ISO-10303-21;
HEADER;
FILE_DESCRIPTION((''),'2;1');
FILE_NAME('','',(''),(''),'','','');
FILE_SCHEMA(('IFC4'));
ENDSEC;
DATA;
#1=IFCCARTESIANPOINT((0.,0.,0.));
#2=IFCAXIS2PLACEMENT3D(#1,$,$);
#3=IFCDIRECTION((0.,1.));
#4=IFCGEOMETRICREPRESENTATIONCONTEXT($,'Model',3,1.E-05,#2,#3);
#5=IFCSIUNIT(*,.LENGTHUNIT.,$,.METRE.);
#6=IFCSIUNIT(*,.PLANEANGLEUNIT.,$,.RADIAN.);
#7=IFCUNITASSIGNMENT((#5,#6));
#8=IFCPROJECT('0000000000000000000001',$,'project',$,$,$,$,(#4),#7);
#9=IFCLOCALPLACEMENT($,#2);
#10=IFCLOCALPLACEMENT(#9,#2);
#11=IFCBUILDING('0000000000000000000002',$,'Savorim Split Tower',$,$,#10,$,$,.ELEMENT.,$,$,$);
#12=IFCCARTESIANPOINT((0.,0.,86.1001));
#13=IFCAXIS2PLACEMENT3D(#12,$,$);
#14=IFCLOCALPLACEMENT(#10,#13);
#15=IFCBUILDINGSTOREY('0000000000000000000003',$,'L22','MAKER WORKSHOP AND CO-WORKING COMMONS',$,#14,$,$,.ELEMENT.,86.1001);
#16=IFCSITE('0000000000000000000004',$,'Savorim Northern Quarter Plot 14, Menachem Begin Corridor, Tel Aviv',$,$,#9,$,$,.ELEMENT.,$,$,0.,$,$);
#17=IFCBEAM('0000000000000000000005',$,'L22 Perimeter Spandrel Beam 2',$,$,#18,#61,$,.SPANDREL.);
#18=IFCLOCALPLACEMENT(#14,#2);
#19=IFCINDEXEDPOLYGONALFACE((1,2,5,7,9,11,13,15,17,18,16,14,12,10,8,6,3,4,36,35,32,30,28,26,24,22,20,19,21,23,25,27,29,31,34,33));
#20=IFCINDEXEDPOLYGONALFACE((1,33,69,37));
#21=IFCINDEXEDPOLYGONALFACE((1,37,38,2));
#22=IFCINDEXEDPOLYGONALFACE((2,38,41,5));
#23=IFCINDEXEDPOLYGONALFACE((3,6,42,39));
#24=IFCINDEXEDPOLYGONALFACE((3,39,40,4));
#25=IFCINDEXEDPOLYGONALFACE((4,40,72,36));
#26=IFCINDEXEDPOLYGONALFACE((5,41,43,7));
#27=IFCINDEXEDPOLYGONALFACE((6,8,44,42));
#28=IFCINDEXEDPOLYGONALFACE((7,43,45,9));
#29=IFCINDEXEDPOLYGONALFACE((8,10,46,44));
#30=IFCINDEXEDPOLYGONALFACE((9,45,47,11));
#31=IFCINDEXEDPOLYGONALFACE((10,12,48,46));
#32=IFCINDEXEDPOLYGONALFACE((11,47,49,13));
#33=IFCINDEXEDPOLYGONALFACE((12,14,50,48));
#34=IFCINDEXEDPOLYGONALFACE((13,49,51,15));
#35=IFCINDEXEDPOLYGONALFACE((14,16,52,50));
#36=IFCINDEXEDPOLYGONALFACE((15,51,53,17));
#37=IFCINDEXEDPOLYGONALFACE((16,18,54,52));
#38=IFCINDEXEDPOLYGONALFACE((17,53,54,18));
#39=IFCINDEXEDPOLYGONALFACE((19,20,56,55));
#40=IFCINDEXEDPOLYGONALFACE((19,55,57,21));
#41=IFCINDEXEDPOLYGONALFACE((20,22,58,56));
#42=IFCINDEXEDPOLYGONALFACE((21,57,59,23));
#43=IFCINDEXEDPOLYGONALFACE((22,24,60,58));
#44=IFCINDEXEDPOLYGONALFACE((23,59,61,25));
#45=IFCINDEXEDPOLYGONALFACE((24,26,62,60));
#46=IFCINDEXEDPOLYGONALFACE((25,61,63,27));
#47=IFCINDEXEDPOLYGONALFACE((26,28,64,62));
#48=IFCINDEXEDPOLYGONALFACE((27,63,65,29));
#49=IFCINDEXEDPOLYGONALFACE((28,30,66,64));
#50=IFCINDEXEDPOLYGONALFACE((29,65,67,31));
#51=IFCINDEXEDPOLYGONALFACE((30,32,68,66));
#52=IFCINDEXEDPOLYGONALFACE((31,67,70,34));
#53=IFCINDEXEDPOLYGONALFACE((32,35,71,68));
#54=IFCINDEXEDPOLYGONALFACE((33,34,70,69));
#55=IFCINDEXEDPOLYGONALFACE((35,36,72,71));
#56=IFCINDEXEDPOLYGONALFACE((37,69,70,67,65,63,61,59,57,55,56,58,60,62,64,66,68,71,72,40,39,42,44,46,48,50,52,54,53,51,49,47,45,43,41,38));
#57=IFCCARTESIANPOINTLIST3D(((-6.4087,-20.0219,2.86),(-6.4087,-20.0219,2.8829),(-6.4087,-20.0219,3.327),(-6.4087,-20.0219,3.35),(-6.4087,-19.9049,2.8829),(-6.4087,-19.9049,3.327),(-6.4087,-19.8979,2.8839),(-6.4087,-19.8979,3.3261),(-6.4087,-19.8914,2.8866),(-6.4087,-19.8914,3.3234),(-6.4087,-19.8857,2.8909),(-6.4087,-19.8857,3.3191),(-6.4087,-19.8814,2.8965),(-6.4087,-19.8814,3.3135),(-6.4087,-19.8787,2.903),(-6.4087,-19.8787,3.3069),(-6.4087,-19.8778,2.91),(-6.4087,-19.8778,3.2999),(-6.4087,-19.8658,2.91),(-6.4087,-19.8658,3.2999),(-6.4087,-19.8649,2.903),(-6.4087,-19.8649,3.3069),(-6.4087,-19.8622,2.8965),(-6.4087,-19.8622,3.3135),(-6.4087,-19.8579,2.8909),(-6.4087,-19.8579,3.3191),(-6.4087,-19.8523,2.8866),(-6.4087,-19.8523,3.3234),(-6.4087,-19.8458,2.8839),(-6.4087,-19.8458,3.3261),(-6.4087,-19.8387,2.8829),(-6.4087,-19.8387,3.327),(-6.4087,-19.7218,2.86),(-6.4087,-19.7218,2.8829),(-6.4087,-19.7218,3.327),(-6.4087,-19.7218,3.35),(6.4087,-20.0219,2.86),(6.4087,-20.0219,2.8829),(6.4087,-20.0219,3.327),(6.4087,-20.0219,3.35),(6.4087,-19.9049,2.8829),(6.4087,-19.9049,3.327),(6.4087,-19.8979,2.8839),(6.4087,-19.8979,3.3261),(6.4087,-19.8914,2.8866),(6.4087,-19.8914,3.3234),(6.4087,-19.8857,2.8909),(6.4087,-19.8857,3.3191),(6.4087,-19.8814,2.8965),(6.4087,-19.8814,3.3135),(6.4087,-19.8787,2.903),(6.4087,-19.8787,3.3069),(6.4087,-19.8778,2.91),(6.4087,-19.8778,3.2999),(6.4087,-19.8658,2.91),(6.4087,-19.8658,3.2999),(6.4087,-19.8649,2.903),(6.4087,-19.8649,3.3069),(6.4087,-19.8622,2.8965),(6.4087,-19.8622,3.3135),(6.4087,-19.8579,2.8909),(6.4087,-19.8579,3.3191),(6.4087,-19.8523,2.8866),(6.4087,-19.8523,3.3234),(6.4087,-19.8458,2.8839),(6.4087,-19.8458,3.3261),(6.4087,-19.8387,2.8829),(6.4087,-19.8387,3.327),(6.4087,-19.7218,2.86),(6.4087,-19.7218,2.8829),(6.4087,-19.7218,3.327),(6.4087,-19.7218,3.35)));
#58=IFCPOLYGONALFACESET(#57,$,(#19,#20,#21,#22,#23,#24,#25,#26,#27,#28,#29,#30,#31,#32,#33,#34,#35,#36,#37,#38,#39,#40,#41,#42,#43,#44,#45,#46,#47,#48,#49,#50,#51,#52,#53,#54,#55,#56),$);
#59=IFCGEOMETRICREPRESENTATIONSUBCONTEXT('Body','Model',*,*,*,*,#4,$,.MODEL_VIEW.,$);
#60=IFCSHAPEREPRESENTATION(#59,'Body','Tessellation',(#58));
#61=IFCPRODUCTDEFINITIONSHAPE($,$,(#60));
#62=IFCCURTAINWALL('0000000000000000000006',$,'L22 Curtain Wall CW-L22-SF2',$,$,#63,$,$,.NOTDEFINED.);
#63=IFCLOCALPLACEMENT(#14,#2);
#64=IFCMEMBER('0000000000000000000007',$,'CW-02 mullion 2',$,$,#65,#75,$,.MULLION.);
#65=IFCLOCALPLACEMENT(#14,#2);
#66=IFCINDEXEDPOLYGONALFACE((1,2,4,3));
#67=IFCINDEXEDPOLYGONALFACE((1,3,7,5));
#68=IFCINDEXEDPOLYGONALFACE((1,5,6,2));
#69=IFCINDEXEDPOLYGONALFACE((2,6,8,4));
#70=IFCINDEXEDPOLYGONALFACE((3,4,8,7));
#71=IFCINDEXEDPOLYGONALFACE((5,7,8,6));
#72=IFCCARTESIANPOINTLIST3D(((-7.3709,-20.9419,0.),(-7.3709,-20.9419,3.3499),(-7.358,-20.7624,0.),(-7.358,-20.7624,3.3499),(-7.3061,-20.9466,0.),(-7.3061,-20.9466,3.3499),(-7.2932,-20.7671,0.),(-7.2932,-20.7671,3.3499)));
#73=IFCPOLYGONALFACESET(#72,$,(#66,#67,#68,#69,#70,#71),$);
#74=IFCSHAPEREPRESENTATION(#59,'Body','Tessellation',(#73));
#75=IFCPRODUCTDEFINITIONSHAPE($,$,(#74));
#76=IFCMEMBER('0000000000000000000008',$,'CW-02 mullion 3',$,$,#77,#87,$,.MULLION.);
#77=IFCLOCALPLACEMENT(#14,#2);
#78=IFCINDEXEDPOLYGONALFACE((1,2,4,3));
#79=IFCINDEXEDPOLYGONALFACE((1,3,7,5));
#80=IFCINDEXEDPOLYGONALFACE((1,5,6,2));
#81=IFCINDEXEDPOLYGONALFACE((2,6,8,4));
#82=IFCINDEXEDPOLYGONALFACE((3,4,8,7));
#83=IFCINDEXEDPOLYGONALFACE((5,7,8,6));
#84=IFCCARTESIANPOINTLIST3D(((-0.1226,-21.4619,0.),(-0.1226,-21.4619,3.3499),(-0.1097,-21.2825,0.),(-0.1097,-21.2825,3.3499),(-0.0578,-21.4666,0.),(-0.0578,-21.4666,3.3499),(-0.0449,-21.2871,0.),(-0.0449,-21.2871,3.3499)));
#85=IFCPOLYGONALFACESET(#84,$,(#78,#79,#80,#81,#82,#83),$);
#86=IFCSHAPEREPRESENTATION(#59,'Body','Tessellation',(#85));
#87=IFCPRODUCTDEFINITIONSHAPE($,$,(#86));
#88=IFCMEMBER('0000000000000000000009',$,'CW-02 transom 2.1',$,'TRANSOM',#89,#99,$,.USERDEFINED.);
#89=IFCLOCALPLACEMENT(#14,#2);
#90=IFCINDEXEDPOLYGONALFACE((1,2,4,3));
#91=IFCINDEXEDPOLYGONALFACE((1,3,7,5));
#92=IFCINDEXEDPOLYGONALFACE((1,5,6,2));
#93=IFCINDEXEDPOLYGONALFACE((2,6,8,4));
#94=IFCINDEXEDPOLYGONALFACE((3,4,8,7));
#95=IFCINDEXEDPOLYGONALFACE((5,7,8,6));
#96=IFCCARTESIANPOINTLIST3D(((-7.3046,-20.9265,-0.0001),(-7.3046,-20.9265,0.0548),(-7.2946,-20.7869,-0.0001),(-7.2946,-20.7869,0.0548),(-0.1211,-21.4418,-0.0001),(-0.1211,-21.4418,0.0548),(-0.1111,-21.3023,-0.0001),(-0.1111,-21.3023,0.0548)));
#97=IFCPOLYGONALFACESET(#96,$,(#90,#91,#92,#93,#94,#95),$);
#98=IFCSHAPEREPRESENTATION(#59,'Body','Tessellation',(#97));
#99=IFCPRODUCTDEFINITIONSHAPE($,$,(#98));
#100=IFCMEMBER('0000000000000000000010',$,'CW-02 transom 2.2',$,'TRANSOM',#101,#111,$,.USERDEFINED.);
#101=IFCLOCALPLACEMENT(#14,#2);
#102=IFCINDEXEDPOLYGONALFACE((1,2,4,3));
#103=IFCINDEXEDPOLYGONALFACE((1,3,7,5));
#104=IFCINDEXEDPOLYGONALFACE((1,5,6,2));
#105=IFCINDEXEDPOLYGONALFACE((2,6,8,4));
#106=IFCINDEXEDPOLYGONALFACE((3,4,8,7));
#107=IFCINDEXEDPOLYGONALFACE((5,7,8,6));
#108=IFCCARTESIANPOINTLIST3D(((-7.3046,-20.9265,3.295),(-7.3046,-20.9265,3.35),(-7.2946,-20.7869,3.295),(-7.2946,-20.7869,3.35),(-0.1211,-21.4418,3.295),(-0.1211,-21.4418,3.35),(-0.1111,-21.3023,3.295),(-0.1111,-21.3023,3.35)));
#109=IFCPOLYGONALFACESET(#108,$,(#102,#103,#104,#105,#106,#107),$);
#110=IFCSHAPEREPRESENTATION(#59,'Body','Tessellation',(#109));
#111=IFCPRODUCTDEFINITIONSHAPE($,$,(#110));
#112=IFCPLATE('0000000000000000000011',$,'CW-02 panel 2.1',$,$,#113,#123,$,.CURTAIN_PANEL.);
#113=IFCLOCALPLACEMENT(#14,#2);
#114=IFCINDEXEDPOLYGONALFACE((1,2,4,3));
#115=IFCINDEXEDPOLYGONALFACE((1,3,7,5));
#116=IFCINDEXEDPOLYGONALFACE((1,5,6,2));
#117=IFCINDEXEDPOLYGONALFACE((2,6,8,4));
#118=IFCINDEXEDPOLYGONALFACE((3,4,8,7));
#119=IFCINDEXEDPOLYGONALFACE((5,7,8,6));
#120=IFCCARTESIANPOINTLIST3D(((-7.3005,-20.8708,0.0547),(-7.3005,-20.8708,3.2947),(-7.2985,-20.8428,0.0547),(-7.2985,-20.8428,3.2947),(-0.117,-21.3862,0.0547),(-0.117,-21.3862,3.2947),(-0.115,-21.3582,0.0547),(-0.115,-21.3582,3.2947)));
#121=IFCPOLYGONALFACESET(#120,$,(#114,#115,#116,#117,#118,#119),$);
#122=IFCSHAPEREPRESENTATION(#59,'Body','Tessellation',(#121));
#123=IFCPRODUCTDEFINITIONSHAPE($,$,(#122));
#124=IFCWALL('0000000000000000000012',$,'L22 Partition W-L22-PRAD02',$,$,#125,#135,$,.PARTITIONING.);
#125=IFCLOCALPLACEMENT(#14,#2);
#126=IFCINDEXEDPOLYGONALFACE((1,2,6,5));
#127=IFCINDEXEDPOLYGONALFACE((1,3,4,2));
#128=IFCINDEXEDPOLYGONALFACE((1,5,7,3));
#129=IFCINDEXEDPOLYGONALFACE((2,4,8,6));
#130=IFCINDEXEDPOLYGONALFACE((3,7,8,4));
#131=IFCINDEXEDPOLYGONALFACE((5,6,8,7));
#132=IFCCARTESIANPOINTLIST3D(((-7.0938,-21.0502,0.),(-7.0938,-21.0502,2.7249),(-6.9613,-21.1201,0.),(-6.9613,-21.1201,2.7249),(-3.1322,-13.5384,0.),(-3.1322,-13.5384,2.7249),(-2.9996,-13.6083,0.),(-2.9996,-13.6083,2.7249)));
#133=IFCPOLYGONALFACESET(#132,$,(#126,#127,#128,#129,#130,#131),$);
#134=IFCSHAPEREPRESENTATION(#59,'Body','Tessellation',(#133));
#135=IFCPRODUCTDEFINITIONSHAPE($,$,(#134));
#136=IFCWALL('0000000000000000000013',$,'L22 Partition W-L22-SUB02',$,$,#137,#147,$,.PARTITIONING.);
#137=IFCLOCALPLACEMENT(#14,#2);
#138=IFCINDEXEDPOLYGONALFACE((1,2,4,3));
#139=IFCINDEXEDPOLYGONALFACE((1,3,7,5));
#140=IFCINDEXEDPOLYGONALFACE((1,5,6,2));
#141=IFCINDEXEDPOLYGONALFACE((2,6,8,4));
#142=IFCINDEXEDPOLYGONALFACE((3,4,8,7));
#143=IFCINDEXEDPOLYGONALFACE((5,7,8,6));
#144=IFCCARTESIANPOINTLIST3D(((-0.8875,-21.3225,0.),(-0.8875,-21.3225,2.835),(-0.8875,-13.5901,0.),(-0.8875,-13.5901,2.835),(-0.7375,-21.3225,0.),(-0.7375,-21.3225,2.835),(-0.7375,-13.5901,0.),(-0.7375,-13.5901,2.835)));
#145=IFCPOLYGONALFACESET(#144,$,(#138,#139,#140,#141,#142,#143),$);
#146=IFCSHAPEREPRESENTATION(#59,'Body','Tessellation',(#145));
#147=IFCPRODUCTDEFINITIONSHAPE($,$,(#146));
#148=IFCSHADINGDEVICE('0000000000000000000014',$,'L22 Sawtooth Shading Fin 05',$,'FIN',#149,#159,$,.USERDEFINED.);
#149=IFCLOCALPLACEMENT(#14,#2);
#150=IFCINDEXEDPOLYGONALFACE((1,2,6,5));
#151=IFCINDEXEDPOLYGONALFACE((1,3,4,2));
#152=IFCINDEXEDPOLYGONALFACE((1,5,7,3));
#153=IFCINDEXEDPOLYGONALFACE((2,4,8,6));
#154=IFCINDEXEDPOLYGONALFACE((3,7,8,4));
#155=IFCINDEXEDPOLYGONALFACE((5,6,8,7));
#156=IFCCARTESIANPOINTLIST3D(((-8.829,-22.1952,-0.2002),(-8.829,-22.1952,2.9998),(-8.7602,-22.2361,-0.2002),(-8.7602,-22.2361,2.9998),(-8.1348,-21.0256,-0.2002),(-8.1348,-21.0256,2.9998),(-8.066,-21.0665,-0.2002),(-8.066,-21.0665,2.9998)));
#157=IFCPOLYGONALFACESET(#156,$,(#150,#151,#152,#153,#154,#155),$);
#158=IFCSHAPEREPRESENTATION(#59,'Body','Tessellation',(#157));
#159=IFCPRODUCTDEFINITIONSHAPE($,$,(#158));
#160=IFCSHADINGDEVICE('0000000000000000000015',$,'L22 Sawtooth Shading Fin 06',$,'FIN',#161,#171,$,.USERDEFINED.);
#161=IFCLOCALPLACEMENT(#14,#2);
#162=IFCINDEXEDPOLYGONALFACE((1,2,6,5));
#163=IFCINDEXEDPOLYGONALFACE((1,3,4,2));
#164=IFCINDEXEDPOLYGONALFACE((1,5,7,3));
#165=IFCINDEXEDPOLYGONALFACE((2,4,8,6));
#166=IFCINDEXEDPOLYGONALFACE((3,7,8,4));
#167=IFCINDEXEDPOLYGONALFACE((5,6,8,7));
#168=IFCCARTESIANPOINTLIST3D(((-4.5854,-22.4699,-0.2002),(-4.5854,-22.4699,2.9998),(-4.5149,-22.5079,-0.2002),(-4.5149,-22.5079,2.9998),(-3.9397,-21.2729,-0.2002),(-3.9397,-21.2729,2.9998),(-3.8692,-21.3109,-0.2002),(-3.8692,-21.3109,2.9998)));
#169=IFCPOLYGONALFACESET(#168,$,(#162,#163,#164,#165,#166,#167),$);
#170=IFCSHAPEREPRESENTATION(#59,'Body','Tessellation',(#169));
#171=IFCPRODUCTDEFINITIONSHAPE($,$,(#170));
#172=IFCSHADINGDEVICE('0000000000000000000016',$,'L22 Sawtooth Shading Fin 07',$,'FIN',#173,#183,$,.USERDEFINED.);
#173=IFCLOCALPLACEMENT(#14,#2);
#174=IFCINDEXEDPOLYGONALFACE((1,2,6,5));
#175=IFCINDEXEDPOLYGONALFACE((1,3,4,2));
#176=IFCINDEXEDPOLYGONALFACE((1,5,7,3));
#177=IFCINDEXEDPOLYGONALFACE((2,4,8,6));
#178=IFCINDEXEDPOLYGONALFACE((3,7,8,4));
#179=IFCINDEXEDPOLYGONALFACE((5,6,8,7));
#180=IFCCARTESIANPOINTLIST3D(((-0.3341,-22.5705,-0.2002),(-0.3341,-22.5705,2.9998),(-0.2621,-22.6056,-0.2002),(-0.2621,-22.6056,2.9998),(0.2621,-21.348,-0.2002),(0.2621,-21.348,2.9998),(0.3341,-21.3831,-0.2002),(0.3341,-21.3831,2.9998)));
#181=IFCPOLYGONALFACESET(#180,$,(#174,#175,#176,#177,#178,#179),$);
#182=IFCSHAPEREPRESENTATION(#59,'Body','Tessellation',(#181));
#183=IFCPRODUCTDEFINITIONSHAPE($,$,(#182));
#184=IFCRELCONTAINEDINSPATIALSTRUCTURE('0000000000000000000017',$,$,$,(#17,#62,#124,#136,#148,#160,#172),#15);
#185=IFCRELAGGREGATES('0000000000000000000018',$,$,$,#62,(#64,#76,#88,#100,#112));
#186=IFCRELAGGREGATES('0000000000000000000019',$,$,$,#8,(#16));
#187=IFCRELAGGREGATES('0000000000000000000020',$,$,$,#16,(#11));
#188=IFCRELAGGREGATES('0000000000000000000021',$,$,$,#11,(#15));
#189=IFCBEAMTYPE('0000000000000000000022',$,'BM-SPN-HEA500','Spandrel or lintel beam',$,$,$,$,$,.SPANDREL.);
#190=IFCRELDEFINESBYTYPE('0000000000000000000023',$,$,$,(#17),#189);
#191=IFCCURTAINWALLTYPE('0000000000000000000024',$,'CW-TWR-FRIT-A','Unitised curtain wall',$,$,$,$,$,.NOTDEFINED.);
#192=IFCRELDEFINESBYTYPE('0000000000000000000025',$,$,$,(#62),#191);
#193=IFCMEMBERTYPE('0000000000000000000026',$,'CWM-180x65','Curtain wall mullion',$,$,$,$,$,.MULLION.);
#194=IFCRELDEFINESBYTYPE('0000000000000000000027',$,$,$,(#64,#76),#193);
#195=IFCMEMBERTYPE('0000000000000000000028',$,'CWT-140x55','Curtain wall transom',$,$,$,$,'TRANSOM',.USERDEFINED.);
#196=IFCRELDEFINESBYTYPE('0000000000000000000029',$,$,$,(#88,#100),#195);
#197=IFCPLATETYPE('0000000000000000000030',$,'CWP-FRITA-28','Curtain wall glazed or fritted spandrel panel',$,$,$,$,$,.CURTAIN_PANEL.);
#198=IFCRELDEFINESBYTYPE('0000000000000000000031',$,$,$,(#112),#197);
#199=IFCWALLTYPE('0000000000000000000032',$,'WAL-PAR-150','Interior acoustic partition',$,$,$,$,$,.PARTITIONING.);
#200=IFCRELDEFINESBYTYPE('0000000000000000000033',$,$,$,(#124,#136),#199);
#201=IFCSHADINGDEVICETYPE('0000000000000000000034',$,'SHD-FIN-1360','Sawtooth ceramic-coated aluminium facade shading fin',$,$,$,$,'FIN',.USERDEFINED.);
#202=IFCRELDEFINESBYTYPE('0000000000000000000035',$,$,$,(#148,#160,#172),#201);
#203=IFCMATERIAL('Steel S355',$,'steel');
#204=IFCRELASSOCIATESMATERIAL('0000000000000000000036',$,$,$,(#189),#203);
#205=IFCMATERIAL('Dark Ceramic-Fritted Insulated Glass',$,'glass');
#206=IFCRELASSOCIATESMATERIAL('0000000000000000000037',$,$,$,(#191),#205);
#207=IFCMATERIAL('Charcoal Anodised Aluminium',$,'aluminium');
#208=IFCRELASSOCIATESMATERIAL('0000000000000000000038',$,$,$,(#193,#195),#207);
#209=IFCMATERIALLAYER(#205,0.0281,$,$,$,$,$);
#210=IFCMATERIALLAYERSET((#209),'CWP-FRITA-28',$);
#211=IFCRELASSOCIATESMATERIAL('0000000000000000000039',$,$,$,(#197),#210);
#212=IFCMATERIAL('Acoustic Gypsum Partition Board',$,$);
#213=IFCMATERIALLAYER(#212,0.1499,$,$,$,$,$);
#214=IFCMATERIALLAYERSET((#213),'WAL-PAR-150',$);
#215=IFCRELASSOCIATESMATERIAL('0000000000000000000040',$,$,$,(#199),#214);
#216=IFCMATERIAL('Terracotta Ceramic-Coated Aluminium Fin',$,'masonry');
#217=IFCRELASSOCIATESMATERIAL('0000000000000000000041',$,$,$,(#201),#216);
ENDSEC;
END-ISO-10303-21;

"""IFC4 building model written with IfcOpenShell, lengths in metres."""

from ifc_helpers import new_model, si_unit, direction, frame, frame_2d, origin, origin_2d, place, context, subcontext, project, spatial, rectangle, i_section, extrude, material, layer, layer_set, material_profile, profile_set, type_object, element, aggregate, save


model = new_model("IFC4")

# Units and contexts
model_context = context("Model", 3, precision=1e-05, world=origin(), true_north=direction((0.0, 1.0)))
body_context = subcontext(model_context, "Body", "Model", "MODEL_VIEW")
ifc_project = project(units=[si_unit("LENGTHUNIT", "METRE"), si_unit("PLANEANGLEUNIT", "RADIAN")], contexts=[model_context])

# Site, building, storey
site_placement = place(None, origin())
site = spatial("IfcSite", under=ifc_project, at=site_placement, Name="Savorim Northern Quarter Plot 14, Menachem Begin Corridor, Tel Aviv", CompositionType="ELEMENT", RefElevation=0.0)
building_placement = place(site_placement, origin())
building = spatial("IfcBuilding", under=site, at=building_placement, Name="Savorim Split Tower", CompositionType="ELEMENT")
storey_placement = place(building_placement, frame((0.0, 0.0, 86.1001)))
storey = spatial("IfcBuildingStorey", under=building, at=storey_placement, Name="L22", Description="MAKER WORKSHOP AND CO-WORKING COMMONS", CompositionType="ELEMENT", Elevation=86.1001)

# Beam
ifc_material_1 = material(Name="Steel S355", Category="steel")
ifc_material_profile_1 = material_profile(ifc_material_1, i_section(OverallWidth=0.3, OverallDepth=0.49, WebThickness=0.012, FlangeThickness=0.0229, FilletRadius=0.0271, at=origin_2d()), Name="HEA 500")
ifc_profile_set_1 = profile_set([ifc_material_profile_1], Name="Steel S355")
beam_type_1 = type_object("IfcBeamType", Name="BM-SPN-HEA500", Description="Spandrel or lintel beam", PredefinedType="SPANDREL", material=ifc_profile_set_1)
beam_1_placement = place(storey_placement, frame((-6.4087, -19.8718, 3.105), z_axis=(1.0, 0.0, 0.0), x_axis=(0.0, 1.0, 0.0)))
element("IfcBeam", 1, at=beam_1_placement, inside=storey, type_object=beam_type_1, Name="L22 Perimeter Spandrel Beam 2", PredefinedType="SPANDREL", context=body_context, shape_type="SweptSolid", body=[
    extrude(i_section(OverallWidth=0.3, OverallDepth=0.49, WebThickness=0.012, FlangeThickness=0.0229, FilletRadius=0.0271, at=origin_2d()), origin(), (0.0, 0.0, 1.0), 12.8174),
])

# Curtain wall, members, plate
ifc_material_2 = material(Name="Dark Ceramic-Fritted Insulated Glass", Category="glass")
curtain_wall_type = type_object("IfcCurtainWallType", Name="CW-TWR-FRIT-A", Description="Unitised curtain wall", PredefinedType="NOTDEFINED", material=ifc_material_2)
curtain_wall_placement = place(storey_placement, origin())
curtain_wall = element("IfcCurtainWall", 2, at=curtain_wall_placement, inside=storey, type_object=curtain_wall_type, Name="L22 Curtain Wall CW-L22-SF2", PredefinedType="NOTDEFINED")
ifc_material_3 = material(Name="Charcoal Anodised Aluminium", Category="aluminium")
ifc_material_profile_2 = material_profile(ifc_material_3, rectangle(XDim=0.1799, YDim=0.0649, at=origin_2d()), Name="ALU-M 180x65")
ifc_profile_set_2 = profile_set([ifc_material_profile_2], Name="Charcoal Anodised Aluminium")
member_type_1 = type_object("IfcMemberType", Name="CWM-180x65", Description="Curtain wall mullion", PredefinedType="MULLION", material=ifc_profile_set_2)
member_1_placement = place(storey_placement, frame((-7.332, -20.8545, 0.0), z_axis=(0.0, 0.0, 1.0), x_axis=(0.071561, 0.997436, 0.0)))
member_1 = element("IfcMember", 3, at=member_1_placement, type_object=member_type_1, Name="CW-02 mullion 2", PredefinedType="MULLION", context=body_context, shape_type="SweptSolid", body=[
    extrude(rectangle(XDim=0.1799, YDim=0.0649, at=origin_2d()), origin(), (0.0, 0.0, 1.0), 3.3499),
])
member_2_placement = place(storey_placement, frame((-0.0837, -21.3745, 0.0), z_axis=(0.0, 0.0, 1.0), x_axis=(0.071561, 0.997436, 0.0)))
member_2 = element("IfcMember", 4, at=member_2_placement, type_object=member_type_1, Name="CW-02 mullion 3", PredefinedType="MULLION", context=body_context, shape_type="SweptSolid", body=[
    extrude(rectangle(XDim=0.1799, YDim=0.0649, at=origin_2d()), origin(), (0.0, 0.0, 1.0), 3.3499),
])
ifc_material_profile_3 = material_profile(ifc_material_3, rectangle(XDim=0.1399, YDim=0.0549, at=origin_2d()), Name="ALU-T 140x55")
ifc_profile_set_3 = profile_set([ifc_material_profile_3], Name="Charcoal Anodised Aluminium")
member_type_2 = type_object("IfcMemberType", Name="CWT-140x55", Description="Curtain wall transom", ElementType="TRANSOM", PredefinedType="USERDEFINED", material=ifc_profile_set_3)
member_3_placement = place(storey_placement, frame((-7.2996, -20.8567, 0.0273), z_axis=(0.997436, -0.071563, 0.0), x_axis=(0.071563, 0.997436, 0.0)))
member_3 = element("IfcMember", 5, at=member_3_placement, type_object=member_type_2, Name="CW-02 transom 2.1", ObjectType="TRANSOM", PredefinedType="USERDEFINED", context=body_context, shape_type="SweptSolid", body=[
    extrude(rectangle(XDim=0.1399, YDim=0.0549, at=origin_2d()), origin(), (0.0, 0.0, 1.0), 7.2019),
])
member_4_placement = place(storey_placement, frame((-7.2996, -20.8567, 3.3225), z_axis=(0.997436, -0.071563, 0.0), x_axis=(0.071563, 0.997436, 0.0)))
member_4 = element("IfcMember", 6, at=member_4_placement, type_object=member_type_2, Name="CW-02 transom 2.2", ObjectType="TRANSOM", PredefinedType="USERDEFINED", context=body_context, shape_type="SweptSolid", body=[
    extrude(rectangle(XDim=0.1399, YDim=0.0549, at=origin_2d()), origin(), (0.0, 0.0, 1.0), 7.2019),
])
ifc_layer_1 = layer(ifc_material_2, 0.0281)
ifc_layer_set_1 = layer_set([ifc_layer_1], Name="CWP-FRITA-28")
plate_type = type_object("IfcPlateType", Name="CWP-FRITA-28", Description="Curtain wall glazed or fritted spandrel panel", PredefinedType="CURTAIN_PANEL", material=ifc_layer_set_1)
plate_placement = place(storey_placement, frame((-3.7078, -21.1145, 0.0547), z_axis=(0.0, 0.0, 1.0), x_axis=(0.997436, -0.071561, 0.0)))
plate = element("IfcPlate", 7, at=plate_placement, type_object=plate_type, Name="CW-02 panel 2.1", PredefinedType="CURTAIN_PANEL", context=body_context, shape_type="SweptSolid", body=[
    extrude(rectangle(XDim=7.2019, YDim=0.0281, at=origin_2d()), origin(), (0.0, 0.0, 1.0), 3.24),
])
aggregate(curtain_wall, [member_1, member_2, member_3, member_4, plate])

# Walls
ifc_material_4 = material(Name="Acoustic Gypsum Partition Board")
ifc_layer_2 = layer(ifc_material_4, 0.1499)
ifc_layer_set_2 = layer_set([ifc_layer_2], Name="WAL-PAR-150")
wall_type = type_object("IfcWallType", Name="WAL-PAR-150", Description="Interior acoustic partition", PredefinedType="PARTITIONING", material=ifc_layer_set_2)
wall_1_placement = place(storey_placement, frame((-3.0659, -13.5735, 0.0), z_axis=(0.0, 0.0, 1.0), x_axis=(-0.466496, -0.884523, 0.0)))
element("IfcWall", 8, at=wall_1_placement, inside=storey, type_object=wall_type, Name="L22 Partition W-L22-PRAD02", PredefinedType="PARTITIONING", context=body_context, shape_type="SweptSolid", body=[
    extrude(rectangle(XDim=8.4924, YDim=0.1499, at=frame_2d((4.2461, 0.0))), origin(), (0.0, 0.0, 1.0), 2.7249),
])
wall_2_placement = place(storey_placement, frame((-0.8125, -13.5901, 0.0), z_axis=(0.0, 0.0, 1.0), x_axis=(0.0, -1.0, 0.0)))
element("IfcWall", 9, at=wall_2_placement, inside=storey, type_object=wall_type, Name="L22 Partition W-L22-SUB02", PredefinedType="PARTITIONING", context=body_context, shape_type="SweptSolid", body=[
    extrude(rectangle(XDim=7.7324, YDim=0.1499, at=frame_2d((3.8662, 0.0))), origin(), (0.0, 0.0, 1.0), 2.835),
])

# Shading devices
ifc_material_5 = material(Name="Terracotta Ceramic-Coated Aluminium Fin", Category="masonry")
shading_device_type = type_object("IfcShadingDeviceType", Name="SHD-FIN-1360", Description="Sawtooth ceramic-coated aluminium facade shading fin", ElementType="FIN", PredefinedType="USERDEFINED", material=ifc_material_5)
for number, where, z_axis, x_axis, name in (
    (10, (-8.4475, -21.6309, -0.2002), (0.0, 0.0, 1.0), (-0.510391, -0.859942, 0.0), "L22 Sawtooth Shading Fin 05"),
    (11, (-4.2273, -21.8904, -0.2002), (0.0, 0.0, 1.0), (-0.474778, -0.880106, 0.0), "L22 Sawtooth Shading Fin 06"),
    (12, (0.0, -21.9768, -0.2002), (0.0, 0.0, 1.0), (-0.438371, -0.898794, 0.0), "L22 Sawtooth Shading Fin 07"),
):
    element("IfcShadingDevice", number, at=place(storey_placement, frame(where, z_axis=z_axis, x_axis=x_axis)), inside=storey, type_object=shading_device_type, Name=name, ObjectType="FIN", PredefinedType="USERDEFINED", context=body_context, shape_type="SweptSolid", body=[
        extrude(rectangle(XDim=1.3601, YDim=0.0801, at=origin_2d()), origin(), (0.0, 0.0, 1.0), 3.2),
    ])

save(model, "model.ifc")
